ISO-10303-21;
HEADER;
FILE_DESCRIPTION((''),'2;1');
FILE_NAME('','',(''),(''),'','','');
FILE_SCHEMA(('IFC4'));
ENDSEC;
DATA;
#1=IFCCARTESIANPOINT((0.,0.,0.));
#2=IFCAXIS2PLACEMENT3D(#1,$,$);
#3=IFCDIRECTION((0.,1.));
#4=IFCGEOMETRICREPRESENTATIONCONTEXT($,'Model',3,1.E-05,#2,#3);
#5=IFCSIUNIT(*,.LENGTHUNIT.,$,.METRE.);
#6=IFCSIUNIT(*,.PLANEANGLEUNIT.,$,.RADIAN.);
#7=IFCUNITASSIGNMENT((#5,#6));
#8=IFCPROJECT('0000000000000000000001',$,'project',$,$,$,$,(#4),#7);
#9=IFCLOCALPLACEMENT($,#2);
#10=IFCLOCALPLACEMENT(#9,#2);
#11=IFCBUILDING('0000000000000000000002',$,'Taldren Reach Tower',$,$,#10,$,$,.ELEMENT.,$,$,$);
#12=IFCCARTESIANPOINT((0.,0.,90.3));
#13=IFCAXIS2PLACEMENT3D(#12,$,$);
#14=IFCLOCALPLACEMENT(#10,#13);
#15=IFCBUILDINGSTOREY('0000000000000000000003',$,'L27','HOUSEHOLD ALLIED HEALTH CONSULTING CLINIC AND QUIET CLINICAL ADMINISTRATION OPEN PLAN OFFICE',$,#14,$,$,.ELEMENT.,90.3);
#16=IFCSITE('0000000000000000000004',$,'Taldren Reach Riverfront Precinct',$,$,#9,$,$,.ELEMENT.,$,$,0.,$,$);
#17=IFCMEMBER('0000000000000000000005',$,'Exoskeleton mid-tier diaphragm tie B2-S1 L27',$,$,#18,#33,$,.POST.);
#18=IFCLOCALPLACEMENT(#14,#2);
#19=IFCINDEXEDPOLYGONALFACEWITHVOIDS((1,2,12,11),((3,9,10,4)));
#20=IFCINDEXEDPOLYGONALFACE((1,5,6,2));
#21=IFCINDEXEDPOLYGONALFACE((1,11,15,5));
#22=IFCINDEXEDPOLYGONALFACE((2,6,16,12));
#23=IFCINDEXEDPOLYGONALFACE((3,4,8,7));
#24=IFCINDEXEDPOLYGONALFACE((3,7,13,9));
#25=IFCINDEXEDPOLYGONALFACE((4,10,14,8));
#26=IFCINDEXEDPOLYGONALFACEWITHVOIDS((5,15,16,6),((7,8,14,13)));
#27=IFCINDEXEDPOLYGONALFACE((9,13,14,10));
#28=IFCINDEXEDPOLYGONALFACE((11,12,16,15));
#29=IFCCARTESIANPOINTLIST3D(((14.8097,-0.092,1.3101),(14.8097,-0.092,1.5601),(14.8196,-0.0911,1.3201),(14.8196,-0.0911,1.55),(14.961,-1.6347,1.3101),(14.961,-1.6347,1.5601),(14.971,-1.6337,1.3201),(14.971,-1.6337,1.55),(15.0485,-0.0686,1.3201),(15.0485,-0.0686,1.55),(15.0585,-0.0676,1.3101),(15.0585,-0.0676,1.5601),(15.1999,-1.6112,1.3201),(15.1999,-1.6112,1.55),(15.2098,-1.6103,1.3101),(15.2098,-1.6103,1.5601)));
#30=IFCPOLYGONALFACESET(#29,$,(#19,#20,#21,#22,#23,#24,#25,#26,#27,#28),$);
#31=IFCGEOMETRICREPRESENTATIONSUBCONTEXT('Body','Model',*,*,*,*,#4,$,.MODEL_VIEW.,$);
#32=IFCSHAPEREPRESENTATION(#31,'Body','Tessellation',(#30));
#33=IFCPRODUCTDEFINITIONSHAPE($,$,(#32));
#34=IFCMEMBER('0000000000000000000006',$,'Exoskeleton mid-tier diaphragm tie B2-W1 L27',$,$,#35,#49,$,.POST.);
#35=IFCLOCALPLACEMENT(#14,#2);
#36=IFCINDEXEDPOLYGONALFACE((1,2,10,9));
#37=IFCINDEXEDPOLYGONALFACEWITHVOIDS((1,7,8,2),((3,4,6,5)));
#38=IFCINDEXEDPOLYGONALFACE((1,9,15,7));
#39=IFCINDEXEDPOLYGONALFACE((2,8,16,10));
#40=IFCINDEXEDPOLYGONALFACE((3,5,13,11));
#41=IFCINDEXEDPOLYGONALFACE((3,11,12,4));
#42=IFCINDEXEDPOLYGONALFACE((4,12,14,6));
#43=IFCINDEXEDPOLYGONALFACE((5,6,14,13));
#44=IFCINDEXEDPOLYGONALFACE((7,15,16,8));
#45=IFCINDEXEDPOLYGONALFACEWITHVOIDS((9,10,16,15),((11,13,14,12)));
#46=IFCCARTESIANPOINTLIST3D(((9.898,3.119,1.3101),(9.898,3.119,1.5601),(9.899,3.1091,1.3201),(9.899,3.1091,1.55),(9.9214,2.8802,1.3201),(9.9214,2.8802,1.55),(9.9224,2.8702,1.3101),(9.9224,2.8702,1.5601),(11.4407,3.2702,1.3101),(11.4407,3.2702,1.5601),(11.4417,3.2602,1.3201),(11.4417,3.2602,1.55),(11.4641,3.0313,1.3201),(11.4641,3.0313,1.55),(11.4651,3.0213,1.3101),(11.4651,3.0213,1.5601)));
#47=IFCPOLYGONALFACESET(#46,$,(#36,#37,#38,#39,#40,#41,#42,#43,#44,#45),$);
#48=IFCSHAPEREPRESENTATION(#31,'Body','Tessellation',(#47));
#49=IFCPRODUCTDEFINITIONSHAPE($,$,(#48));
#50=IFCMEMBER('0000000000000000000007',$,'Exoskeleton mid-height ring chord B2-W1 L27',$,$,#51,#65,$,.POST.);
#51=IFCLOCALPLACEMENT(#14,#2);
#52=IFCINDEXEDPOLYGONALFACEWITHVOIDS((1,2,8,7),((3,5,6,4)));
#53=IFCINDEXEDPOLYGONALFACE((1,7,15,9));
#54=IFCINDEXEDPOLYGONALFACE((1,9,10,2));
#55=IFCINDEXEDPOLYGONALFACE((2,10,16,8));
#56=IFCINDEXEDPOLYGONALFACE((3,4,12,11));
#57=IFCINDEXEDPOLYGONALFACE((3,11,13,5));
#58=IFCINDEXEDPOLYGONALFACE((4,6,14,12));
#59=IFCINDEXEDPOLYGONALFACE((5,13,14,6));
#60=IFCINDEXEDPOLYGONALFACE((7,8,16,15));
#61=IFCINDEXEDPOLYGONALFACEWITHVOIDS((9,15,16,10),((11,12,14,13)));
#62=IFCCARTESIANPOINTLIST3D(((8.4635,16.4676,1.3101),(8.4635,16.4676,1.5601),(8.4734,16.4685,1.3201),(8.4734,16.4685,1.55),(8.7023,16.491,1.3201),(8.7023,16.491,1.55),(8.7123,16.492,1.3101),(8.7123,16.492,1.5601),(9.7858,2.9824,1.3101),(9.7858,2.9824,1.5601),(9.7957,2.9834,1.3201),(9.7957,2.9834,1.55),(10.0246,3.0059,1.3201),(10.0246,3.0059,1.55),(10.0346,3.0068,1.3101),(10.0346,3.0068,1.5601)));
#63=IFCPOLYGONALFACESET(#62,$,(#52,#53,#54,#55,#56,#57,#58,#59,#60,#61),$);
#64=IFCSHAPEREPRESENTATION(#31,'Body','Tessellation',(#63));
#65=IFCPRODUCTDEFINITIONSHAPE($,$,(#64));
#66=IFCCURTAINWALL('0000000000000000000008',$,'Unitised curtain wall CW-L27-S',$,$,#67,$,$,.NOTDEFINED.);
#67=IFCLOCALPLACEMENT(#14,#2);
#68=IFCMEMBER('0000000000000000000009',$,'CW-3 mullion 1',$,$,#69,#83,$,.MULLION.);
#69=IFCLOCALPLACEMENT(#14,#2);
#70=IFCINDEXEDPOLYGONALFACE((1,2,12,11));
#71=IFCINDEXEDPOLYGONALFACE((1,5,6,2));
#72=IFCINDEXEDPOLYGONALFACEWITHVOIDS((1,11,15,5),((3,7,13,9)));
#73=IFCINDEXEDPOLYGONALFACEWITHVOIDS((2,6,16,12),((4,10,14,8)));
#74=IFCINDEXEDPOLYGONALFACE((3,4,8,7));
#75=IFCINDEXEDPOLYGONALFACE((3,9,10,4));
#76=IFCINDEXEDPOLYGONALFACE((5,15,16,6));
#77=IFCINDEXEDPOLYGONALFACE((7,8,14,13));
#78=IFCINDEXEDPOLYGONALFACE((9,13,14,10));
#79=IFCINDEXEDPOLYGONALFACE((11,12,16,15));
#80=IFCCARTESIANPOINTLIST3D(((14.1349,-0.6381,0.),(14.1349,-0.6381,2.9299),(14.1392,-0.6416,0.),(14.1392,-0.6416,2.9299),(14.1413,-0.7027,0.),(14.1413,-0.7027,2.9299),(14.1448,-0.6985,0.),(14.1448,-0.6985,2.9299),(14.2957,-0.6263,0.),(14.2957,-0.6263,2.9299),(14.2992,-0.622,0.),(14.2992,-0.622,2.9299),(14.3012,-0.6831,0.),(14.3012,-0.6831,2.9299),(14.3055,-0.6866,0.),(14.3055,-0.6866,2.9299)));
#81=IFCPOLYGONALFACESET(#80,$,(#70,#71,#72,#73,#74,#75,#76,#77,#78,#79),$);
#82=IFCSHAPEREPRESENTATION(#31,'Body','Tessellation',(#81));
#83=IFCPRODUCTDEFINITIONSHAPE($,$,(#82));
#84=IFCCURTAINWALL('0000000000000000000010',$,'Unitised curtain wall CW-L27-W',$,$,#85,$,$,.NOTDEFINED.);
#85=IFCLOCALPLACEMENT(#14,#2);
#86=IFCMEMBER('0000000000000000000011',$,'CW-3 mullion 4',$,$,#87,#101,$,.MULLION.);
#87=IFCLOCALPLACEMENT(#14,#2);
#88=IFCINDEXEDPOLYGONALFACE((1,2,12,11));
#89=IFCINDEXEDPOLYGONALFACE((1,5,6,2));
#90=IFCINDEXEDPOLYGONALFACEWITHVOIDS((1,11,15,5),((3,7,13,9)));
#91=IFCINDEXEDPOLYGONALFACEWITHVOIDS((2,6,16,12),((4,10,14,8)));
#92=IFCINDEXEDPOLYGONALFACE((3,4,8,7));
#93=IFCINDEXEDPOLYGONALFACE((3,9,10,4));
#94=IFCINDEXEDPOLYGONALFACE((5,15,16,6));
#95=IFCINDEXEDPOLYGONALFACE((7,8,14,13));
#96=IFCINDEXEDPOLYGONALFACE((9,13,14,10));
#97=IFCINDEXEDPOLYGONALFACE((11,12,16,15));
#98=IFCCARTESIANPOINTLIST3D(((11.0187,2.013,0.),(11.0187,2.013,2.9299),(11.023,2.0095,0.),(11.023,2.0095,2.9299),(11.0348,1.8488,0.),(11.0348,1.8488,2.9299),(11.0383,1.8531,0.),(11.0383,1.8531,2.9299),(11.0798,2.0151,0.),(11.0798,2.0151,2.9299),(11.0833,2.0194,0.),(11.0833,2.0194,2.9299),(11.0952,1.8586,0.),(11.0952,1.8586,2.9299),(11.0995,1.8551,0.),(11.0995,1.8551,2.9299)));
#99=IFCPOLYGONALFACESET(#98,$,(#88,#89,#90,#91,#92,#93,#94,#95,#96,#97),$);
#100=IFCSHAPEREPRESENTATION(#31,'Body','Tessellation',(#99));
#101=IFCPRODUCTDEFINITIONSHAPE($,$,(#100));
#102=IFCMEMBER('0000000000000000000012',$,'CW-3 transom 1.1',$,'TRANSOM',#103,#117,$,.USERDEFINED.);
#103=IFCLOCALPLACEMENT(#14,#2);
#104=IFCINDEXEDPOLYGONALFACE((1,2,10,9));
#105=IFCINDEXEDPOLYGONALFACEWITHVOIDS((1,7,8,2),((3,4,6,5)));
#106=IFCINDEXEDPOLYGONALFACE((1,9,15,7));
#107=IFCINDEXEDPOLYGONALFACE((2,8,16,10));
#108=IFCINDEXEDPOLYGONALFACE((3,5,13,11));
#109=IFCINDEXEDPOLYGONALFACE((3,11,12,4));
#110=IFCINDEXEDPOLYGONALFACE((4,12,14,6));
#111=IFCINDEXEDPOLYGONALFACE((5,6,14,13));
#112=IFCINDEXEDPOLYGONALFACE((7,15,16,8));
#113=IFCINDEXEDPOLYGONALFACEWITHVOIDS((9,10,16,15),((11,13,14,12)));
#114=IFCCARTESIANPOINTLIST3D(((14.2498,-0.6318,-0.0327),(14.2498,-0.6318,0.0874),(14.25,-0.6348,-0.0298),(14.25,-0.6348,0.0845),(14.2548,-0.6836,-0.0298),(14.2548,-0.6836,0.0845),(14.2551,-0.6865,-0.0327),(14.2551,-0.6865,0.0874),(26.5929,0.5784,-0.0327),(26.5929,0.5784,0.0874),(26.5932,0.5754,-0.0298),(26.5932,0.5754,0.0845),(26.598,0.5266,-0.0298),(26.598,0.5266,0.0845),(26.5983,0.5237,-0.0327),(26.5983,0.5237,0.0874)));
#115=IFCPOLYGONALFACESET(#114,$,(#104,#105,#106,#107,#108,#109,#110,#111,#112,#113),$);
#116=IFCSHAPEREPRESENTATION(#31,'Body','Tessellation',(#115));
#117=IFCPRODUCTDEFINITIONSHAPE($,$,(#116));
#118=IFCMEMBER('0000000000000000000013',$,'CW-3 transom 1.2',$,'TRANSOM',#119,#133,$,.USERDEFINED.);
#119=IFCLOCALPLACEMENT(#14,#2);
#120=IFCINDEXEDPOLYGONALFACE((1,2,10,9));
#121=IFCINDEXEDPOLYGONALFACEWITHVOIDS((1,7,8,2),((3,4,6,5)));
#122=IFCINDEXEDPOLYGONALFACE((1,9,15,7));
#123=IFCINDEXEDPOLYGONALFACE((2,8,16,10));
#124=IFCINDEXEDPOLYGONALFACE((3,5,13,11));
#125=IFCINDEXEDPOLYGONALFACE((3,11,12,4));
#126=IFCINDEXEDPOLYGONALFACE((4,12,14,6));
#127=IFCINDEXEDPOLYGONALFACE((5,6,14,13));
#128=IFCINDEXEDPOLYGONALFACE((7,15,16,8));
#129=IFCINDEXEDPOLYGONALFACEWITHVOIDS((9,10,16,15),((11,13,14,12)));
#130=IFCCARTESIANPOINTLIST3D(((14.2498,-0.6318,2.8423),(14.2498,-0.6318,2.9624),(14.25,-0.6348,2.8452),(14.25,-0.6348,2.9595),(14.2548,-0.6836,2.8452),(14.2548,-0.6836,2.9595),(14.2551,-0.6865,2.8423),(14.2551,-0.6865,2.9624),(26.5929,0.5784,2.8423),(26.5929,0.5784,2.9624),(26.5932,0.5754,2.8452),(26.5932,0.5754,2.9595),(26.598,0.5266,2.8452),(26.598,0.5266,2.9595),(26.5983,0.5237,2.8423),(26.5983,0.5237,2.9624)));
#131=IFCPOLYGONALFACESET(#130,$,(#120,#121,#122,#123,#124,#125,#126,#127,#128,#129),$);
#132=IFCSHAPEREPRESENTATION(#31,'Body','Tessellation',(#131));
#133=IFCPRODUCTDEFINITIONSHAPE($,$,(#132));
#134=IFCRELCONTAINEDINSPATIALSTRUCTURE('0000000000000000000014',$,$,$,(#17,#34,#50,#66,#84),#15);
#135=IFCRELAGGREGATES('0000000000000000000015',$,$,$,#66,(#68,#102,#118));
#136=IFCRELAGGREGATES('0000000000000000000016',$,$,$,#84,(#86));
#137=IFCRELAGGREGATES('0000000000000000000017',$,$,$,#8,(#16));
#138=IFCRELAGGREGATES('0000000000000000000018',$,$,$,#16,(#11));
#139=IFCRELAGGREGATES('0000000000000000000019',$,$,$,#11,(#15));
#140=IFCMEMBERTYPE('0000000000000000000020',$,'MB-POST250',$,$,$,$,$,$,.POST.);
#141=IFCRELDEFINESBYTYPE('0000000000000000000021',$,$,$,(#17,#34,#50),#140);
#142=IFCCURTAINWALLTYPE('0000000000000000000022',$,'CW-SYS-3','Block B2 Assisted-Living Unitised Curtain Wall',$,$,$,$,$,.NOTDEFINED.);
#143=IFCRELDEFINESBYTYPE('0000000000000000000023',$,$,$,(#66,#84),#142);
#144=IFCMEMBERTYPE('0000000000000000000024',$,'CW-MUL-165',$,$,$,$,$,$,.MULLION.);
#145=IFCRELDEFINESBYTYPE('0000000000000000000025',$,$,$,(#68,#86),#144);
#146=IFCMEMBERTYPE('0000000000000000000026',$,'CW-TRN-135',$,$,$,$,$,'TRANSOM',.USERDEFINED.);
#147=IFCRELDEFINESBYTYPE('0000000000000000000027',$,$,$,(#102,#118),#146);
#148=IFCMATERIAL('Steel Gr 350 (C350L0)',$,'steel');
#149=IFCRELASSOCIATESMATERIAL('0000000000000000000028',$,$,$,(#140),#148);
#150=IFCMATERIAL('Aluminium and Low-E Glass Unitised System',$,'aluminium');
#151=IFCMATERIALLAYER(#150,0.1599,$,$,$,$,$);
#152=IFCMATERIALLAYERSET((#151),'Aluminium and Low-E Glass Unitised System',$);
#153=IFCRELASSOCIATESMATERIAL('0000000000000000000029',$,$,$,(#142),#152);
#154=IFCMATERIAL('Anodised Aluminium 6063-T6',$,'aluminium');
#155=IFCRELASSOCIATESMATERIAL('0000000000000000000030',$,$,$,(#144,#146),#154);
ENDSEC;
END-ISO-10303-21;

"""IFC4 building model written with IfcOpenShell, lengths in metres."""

from ifc_helpers import new_model, si_unit, direction, frame, origin, origin_2d, place, context, subcontext, project, spatial, hollow_rectangle, extrude, source, transform, mapped, material, layer, layer_set, material_profile, profile_set, type_object, element, aggregate, save


model = new_model("IFC4")

# Units and contexts
model_context = context("Model", 3, precision=1e-05, world=origin(), true_north=direction((0.0, 1.0)))
body_context = subcontext(model_context, "Body", "Model", "MODEL_VIEW")
ifc_project = project(units=[si_unit("LENGTHUNIT", "METRE"), si_unit("PLANEANGLEUNIT", "RADIAN")], contexts=[model_context])

# Site, building, storey
site_placement = place(None, origin())
site = spatial("IfcSite", under=ifc_project, at=site_placement, Name="Taldren Reach Riverfront Precinct", CompositionType="ELEMENT", RefElevation=0.0)
building_placement = place(site_placement, origin())
building = spatial("IfcBuilding", under=site, at=building_placement, Name="Taldren Reach Tower", CompositionType="ELEMENT")
storey_placement = place(building_placement, frame((0.0, 0.0, 90.3)))
storey = spatial("IfcBuildingStorey", under=building, at=storey_placement, Name="L27", Description="HOUSEHOLD ALLIED HEALTH CONSULTING CLINIC AND QUIET CLINICAL ADMINISTRATION OPEN PLAN OFFICE", CompositionType="ELEMENT", Elevation=90.3)

# Members
ifc_material_1 = material(Name="Steel Gr 350 (C350L0)", Category="steel")
ifc_material_profile_1 = material_profile(ifc_material_1, hollow_rectangle(XDim=0.25, YDim=0.25, WallThickness=0.01, at=origin_2d()), Name="250x250x10.0SHS")
ifc_profile_set_1 = profile_set([ifc_material_profile_1], Name="Steel Gr 350 (C350L0)")
member_type_1 = type_object("IfcMemberType", Name="MB-POST250", PredefinedType="POST", material=ifc_profile_set_1)
shared_shape_1 = source(origin(), body_context, "Body", "SweptSolid", [
    extrude(hollow_rectangle(XDim=0.25, YDim=0.25, WallThickness=0.01, at=origin_2d()), origin(), (0.0, 0.0, 1.0), 1.55),
])
for number, where, z_axis, x_axis, name in (
    (1, (14.9341, -0.0798, 1.4351), (0.097648, -0.995221, 0.0), (0.995221, 0.097648, 0.0), "Exoskeleton mid-tier diaphragm tie B2-S1 L27"),
    (2, (11.4529, 3.1458, 1.4351), (-0.995236, -0.097492, 0.0), (0.097492, -0.995236, 0.0), "Exoskeleton mid-tier diaphragm tie B2-W1 L27"),
):
    element("IfcMember", number, at=place(storey_placement, frame(where, z_axis=z_axis, x_axis=x_axis)), inside=storey, type_object=member_type_1, Name=name, PredefinedType="POST", context=body_context, shape_type="MappedRepresentation", body=[
        mapped(shared_shape_1, transform((0.0, 0.0, 0.0), scale=1.0)),
    ])
shared_shape_2 = source(origin(), body_context, "Body", "SweptSolid", [
    extrude(hollow_rectangle(XDim=0.25, YDim=0.25, WallThickness=0.01, at=origin_2d()), origin(), (0.0, 0.0, 1.0), 13.5498),
])
member_1_placement = place(storey_placement, frame((9.9102, 2.9946, 1.4351), z_axis=(-0.097586, 0.995227, 0.0), x_axis=(-0.995227, -0.097586, 0.0)))
element("IfcMember", 3, at=member_1_placement, inside=storey, type_object=member_type_1, Name="Exoskeleton mid-height ring chord B2-W1 L27", PredefinedType="POST", context=body_context, shape_type="MappedRepresentation", body=[
    mapped(shared_shape_2, transform((0.0, 0.0, 0.0), scale=1.0)),
])

# Curtain walls, members
ifc_material_2 = material(Name="Aluminium and Low-E Glass Unitised System", Category="aluminium")
ifc_layer_1 = layer(ifc_material_2, 0.1599)
ifc_layer_set_1 = layer_set([ifc_layer_1], Name="Aluminium and Low-E Glass Unitised System")
curtain_wall_type = type_object("IfcCurtainWallType", Name="CW-SYS-3", Description="Block B2 Assisted-Living Unitised Curtain Wall", PredefinedType="NOTDEFINED", material=ifc_layer_set_1)
curtain_wall_1_placement = place(storey_placement, origin())
curtain_wall_1 = element("IfcCurtainWall", 4, at=curtain_wall_1_placement, inside=storey, type_object=curtain_wall_type, Name="Unitised curtain wall CW-L27-S", PredefinedType="NOTDEFINED")
ifc_material_3 = material(Name="Anodised Aluminium 6063-T6", Category="aluminium")
ifc_material_profile_2 = material_profile(ifc_material_3, hollow_rectangle(XDim=0.0649, YDim=0.165, WallThickness=0.0039, at=origin_2d()), Name="ALU-165x65x4RHS")
ifc_profile_set_2 = profile_set([ifc_material_profile_2], Name="Anodised Aluminium 6063-T6")
member_type_2 = type_object("IfcMemberType", Name="CW-MUL-165", PredefinedType="MULLION", material=ifc_profile_set_2)
shared_shape_3 = source(origin(), body_context, "Body", "SweptSolid", [
    extrude(hollow_rectangle(XDim=0.0649, YDim=0.165, WallThickness=0.0039, at=origin_2d()), origin(), (0.0, 0.0, 1.0), 2.9299),
])
member_2_placement = place(storey_placement, frame((14.2202, -0.6624, 0.0), z_axis=(0.0, 0.0, 1.0), x_axis=(-0.097583, 0.995227, 0.0)))
member_2 = element("IfcMember", 5, at=member_2_placement, type_object=member_type_2, Name="CW-3 mullion 1", PredefinedType="MULLION", context=body_context, shape_type="MappedRepresentation", body=[
    mapped(shared_shape_3, transform((0.0, 0.0, 0.0), scale=1.0)),
])
curtain_wall_2_placement = place(storey_placement, origin())
curtain_wall_2 = element("IfcCurtainWall", 6, at=curtain_wall_2_placement, inside=storey, type_object=curtain_wall_type, Name="Unitised curtain wall CW-L27-W", PredefinedType="NOTDEFINED")
member_3_placement = place(storey_placement, frame((11.0591, 1.9341, 0.0), z_axis=(0.0, 0.0, 1.0), x_axis=(0.995227, 0.097583, 0.0)))
member_3 = element("IfcMember", 7, at=member_3_placement, type_object=member_type_2, Name="CW-3 mullion 4", PredefinedType="MULLION", context=body_context, shape_type="MappedRepresentation", body=[
    mapped(shared_shape_3, transform((0.0, 0.0, 0.0), scale=1.0)),
])

# Members
ifc_material_profile_3 = material_profile(ifc_material_3, hollow_rectangle(XDim=0.0549, YDim=0.1201, WallThickness=0.0029, at=origin_2d()), Name="ALU-120x55x3RHS")
ifc_profile_set_3 = profile_set([ifc_material_profile_3], Name="Anodised Aluminium 6063-T6")
member_type_3 = type_object("IfcMemberType", Name="CW-TRN-135", ElementType="TRANSOM", PredefinedType="USERDEFINED", material=ifc_profile_set_3)
shared_shape_4 = source(origin(), body_context, "Body", "SweptSolid", [
    extrude(hollow_rectangle(XDim=0.0549, YDim=0.1201, WallThickness=0.0029, at=origin_2d()), origin(), (0.0, 0.0, 1.0), 12.4023),
])
member_4_placement = place(storey_placement, frame((14.2524, -0.6592, 0.0273), z_axis=(0.995228, 0.097578, 0.0), x_axis=(-0.097578, 0.995228, 0.0)))
member_4 = element("IfcMember", 8, at=member_4_placement, type_object=member_type_3, Name="CW-3 transom 1.1", ObjectType="TRANSOM", PredefinedType="USERDEFINED", context=body_context, shape_type="MappedRepresentation", body=[
    mapped(shared_shape_4, transform((0.0, 0.0, 0.0), scale=1.0)),
])
member_5_placement = place(storey_placement, frame((14.2524, -0.6592, 2.9023), z_axis=(0.995228, 0.097578, 0.0), x_axis=(-0.097578, 0.995228, 0.0)))
member_5 = element("IfcMember", 9, at=member_5_placement, type_object=member_type_3, Name="CW-3 transom 1.2", ObjectType="TRANSOM", PredefinedType="USERDEFINED", context=body_context, shape_type="MappedRepresentation", body=[
    mapped(shared_shape_4, transform((0.0, 0.0, 0.0), scale=1.0)),
])
aggregate(curtain_wall_1, [member_2, member_4, member_5])

aggregate(curtain_wall_2, [member_3])

save(model, "model.ifc")
